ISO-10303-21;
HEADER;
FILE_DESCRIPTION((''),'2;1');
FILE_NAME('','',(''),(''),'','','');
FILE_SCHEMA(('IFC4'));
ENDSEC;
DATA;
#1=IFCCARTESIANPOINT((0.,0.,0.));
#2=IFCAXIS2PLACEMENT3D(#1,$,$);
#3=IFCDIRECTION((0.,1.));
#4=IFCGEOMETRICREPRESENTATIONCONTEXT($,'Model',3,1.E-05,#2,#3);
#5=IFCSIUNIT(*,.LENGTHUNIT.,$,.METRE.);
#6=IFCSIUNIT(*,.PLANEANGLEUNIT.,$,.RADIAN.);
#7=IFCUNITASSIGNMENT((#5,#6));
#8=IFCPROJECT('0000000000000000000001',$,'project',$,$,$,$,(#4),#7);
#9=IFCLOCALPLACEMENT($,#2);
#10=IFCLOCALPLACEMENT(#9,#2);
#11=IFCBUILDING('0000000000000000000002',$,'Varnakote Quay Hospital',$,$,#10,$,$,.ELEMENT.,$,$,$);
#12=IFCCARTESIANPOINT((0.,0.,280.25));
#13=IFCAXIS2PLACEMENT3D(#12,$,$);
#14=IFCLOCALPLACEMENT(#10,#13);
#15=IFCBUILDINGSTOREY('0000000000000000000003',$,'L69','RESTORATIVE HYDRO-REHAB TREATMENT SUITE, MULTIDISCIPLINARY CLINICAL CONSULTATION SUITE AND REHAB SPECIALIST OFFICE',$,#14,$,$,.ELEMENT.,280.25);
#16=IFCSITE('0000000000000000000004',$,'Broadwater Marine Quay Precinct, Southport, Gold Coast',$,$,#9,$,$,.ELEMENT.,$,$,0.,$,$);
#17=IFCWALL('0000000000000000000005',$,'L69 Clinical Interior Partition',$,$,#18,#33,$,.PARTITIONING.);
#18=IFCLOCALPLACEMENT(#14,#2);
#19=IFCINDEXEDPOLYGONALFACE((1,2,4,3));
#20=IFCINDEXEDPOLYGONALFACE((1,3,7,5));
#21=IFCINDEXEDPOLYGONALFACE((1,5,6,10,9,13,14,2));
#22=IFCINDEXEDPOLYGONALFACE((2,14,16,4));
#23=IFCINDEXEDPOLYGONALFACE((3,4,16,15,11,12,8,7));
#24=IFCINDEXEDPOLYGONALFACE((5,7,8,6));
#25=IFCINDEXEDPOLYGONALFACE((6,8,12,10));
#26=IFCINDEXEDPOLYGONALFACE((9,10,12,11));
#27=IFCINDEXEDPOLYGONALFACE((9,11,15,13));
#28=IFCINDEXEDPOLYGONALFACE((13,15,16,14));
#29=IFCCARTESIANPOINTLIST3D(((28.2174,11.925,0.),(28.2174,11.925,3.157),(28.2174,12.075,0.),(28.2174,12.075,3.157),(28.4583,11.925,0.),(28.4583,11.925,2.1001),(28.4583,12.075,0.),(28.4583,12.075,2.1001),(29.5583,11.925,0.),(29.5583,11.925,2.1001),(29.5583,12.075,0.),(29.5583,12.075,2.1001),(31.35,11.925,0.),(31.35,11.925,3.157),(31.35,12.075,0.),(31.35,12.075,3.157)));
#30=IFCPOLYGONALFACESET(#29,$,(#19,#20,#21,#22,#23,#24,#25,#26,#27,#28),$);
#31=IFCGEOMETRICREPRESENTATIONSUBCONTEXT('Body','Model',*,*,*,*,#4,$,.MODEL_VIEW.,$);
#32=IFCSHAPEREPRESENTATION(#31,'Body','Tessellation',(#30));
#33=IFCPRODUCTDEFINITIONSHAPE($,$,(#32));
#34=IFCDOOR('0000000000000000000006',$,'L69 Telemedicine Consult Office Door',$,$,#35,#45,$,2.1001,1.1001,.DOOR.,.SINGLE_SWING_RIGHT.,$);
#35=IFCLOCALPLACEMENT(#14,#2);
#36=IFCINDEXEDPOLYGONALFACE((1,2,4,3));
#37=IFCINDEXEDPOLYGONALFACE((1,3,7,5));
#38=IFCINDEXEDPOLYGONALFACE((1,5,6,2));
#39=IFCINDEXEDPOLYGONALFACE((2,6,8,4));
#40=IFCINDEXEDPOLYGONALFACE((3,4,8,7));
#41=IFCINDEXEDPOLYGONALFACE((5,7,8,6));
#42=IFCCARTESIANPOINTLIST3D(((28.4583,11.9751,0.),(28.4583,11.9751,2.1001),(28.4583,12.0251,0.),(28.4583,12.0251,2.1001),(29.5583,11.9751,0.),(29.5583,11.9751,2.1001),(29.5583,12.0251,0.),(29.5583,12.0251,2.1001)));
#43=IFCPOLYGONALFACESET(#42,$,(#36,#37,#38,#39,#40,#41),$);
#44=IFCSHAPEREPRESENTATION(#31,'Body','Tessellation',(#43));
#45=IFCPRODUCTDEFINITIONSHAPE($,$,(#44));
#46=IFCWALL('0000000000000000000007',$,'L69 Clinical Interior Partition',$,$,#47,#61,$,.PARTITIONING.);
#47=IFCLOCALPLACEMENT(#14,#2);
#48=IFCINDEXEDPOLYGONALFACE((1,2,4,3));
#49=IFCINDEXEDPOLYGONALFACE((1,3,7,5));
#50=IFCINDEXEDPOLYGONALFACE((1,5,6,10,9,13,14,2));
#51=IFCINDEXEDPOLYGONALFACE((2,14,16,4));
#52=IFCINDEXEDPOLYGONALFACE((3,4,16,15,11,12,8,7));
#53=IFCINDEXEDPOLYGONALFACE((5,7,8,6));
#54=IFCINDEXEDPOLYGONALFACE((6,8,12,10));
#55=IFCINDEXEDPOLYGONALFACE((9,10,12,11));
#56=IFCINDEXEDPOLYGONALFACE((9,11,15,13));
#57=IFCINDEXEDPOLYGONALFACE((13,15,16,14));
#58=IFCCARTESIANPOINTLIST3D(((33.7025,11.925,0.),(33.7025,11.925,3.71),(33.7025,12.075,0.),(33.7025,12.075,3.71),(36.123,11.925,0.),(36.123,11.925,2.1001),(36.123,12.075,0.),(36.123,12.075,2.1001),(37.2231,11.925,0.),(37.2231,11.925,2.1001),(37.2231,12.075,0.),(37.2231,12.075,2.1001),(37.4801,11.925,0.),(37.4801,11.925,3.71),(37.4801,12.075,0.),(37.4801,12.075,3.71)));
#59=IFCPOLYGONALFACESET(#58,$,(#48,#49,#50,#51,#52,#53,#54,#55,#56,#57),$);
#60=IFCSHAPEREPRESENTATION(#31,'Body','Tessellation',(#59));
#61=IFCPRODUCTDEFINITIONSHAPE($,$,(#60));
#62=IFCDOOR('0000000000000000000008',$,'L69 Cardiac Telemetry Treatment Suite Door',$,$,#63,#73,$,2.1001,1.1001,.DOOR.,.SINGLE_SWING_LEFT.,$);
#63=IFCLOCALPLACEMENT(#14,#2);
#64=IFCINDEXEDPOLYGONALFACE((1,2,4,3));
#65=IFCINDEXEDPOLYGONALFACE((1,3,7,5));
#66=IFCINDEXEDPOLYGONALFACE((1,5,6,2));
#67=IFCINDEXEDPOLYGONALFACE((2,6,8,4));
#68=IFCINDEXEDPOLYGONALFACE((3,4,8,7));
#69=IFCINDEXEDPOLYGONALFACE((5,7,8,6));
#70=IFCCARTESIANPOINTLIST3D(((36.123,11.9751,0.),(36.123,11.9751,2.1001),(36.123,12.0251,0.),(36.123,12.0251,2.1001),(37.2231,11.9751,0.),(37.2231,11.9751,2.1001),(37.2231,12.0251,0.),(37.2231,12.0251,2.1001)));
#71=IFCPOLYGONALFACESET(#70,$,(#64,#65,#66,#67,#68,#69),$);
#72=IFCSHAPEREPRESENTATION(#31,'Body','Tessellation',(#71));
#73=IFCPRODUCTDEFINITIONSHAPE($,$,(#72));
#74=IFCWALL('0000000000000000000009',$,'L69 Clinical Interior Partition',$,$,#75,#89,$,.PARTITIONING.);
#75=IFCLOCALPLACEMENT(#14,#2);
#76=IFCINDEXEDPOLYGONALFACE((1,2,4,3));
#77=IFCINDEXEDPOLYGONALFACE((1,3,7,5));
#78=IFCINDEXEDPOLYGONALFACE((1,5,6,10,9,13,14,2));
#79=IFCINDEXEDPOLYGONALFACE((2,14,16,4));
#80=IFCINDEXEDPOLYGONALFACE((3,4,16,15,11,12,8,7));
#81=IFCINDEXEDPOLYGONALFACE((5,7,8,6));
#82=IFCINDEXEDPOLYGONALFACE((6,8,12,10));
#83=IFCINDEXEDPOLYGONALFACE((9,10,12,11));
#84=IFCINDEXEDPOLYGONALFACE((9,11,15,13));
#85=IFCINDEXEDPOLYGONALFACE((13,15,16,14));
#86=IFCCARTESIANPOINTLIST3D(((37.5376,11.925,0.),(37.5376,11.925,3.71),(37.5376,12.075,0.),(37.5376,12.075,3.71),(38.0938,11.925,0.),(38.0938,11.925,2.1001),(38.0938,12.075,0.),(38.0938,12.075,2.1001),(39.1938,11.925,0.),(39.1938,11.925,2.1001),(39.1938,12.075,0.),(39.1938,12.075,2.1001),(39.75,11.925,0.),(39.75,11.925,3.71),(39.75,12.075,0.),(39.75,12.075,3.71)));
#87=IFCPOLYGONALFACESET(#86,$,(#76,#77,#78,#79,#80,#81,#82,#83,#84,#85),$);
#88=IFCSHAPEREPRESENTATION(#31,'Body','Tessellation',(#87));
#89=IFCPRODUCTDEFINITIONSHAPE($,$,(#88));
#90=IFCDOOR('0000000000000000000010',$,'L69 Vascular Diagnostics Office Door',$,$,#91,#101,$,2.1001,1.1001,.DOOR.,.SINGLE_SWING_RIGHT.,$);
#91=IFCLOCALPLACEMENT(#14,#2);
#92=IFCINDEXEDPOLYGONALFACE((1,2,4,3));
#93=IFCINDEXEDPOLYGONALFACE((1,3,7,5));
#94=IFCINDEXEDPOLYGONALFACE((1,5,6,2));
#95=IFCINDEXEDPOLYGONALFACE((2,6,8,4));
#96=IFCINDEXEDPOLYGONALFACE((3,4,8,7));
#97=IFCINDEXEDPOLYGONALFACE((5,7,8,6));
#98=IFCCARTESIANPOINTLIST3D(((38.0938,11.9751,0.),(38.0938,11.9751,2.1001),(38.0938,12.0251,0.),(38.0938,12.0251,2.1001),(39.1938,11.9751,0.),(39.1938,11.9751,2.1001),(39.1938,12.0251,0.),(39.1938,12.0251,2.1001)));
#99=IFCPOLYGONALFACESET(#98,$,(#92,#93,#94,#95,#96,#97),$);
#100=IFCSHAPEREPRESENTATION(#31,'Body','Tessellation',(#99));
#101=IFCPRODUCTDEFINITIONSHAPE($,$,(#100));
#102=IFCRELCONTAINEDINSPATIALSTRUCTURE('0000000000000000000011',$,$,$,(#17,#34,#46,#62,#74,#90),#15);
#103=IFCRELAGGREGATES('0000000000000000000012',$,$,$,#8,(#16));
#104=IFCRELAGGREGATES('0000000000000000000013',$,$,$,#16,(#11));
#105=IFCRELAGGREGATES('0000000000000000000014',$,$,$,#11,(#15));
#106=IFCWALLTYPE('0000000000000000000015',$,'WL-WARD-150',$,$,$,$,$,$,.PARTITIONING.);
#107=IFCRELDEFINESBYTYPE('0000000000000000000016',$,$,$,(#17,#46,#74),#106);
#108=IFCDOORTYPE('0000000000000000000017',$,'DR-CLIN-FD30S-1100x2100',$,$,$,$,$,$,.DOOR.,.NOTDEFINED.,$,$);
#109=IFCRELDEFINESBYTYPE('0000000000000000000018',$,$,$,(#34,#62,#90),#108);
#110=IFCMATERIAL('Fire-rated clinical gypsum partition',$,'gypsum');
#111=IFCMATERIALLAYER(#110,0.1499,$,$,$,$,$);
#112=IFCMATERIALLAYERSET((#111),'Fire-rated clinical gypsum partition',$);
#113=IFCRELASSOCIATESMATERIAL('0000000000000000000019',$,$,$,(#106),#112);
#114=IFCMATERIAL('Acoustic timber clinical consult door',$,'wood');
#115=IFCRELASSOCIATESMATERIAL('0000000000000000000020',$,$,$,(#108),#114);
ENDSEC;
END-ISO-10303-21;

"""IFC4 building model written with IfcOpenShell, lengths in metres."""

from ifc_helpers import new_model, si_unit, direction, frame, frame_2d, origin, place, context, subcontext, project, spatial, rectangle, extrude, material, layer, layer_set, type_object, element, fill, save


model = new_model("IFC4")

# Units and contexts
model_context = context("Model", 3, precision=1e-05, world=origin(), true_north=direction((0.0, 1.0)))
body_context = subcontext(model_context, "Body", "Model", "MODEL_VIEW")
ifc_project = project(units=[si_unit("LENGTHUNIT", "METRE"), si_unit("PLANEANGLEUNIT", "RADIAN")], contexts=[model_context])

# Site, building, storey
site_placement = place(None, origin())
site = spatial("IfcSite", under=ifc_project, at=site_placement, Name="Broadwater Marine Quay Precinct, Southport, Gold Coast", CompositionType="ELEMENT", RefElevation=0.0)
building_placement = place(site_placement, origin())
building = spatial("IfcBuilding", under=site, at=building_placement, Name="Varnakote Quay Hospital", CompositionType="ELEMENT")
storey_placement = place(building_placement, frame((0.0, 0.0, 280.25)))
storey = spatial("IfcBuildingStorey", under=building, at=storey_placement, Name="L69", Description="RESTORATIVE HYDRO-REHAB TREATMENT SUITE, MULTIDISCIPLINARY CLINICAL CONSULTATION SUITE AND REHAB SPECIALIST OFFICE", CompositionType="ELEMENT", Elevation=280.25)

# Walls, openings, doors
ifc_material_1 = material(Name="Fire-rated clinical gypsum partition", Category="gypsum")
ifc_layer_1 = layer(ifc_material_1, 0.1499)
ifc_layer_set_1 = layer_set([ifc_layer_1], Name="Fire-rated clinical gypsum partition")
wall_type_1 = type_object("IfcWallType", Name="WL-WARD-150", PredefinedType="PARTITIONING", material=ifc_layer_set_1)
ifc_material_2 = material(Name="Acoustic timber clinical consult door", Category="wood")
door_type = type_object("IfcDoorType", Name="DR-CLIN-FD30S-1100x2100", OperationType="NOTDEFINED", PredefinedType="DOOR", material=ifc_material_2)
wall_1_placement = place(storey_placement, frame((31.3501, 12.0, 0.0), z_axis=(0.0, 0.0, 1.0), x_axis=(-1.0, 0.0, 0.0)))
wall_1 = element("IfcWall", 1, at=wall_1_placement, inside=storey, type_object=wall_type_1, Name="L69 Clinical Interior Partition", PredefinedType="PARTITIONING", context=body_context, shape_type="SweptSolid", body=[
    extrude(rectangle(XDim=3.1326, YDim=0.1499, at=frame_2d((1.5664, 0.0))), origin(), (0.0, 0.0, 1.0), 3.157),
])
opening_1_placement = place(wall_1_placement, frame((1.7917, 0.0, 0.0)))
opening_1 = element("IfcOpeningElement", 2, at=opening_1_placement, cuts=wall_1, PredefinedType="OPENING", context=body_context, shape_type="SweptSolid", body=[
    extrude(rectangle(XDim=1.1001, YDim=2.1001, at=frame_2d((0.55, 1.05))), frame((0.0, 0.085, 0.0), z_axis=(0.0, -1.0, 0.0), x_axis=(1.0, 0.0, 0.0)), (0.0, 0.0, 1.0), 0.1699),
])
door_1_placement = place(opening_1_placement, origin())
door_1 = element("IfcDoor", 3, at=door_1_placement, inside=storey, type_object=door_type, Name="L69 Telemedicine Consult Office Door", OperationType="SINGLE_SWING_RIGHT", OverallHeight=2.1001, OverallWidth=1.1001, PredefinedType="DOOR", context=body_context, shape_type="SweptSolid", body=[
    extrude(rectangle(XDim=1.1001, YDim=2.1001, at=frame_2d((0.55, 1.05))), frame((0.0, 0.0249, 0.0), z_axis=(0.0, -1.0, 0.0), x_axis=(1.0, 0.0, 0.0)), (0.0, 0.0, 1.0), 0.05),
])
fill(opening_1, door_1)
wall_2_placement = place(storey_placement, frame((37.48, 12.0, 0.0), z_axis=(0.0, 0.0, 1.0), x_axis=(-1.0, 0.0, 0.0)))
wall_2 = element("IfcWall", 4, at=wall_2_placement, inside=storey, type_object=wall_type_1, Name="L69 Clinical Interior Partition", PredefinedType="PARTITIONING", context=body_context, shape_type="SweptSolid", body=[
    extrude(rectangle(XDim=3.7776, YDim=0.1499, at=frame_2d((1.8887, 0.0))), origin(), (0.0, 0.0, 1.0), 3.71),
])
opening_2_placement = place(wall_2_placement, frame((0.2568, 0.0, 0.0)))
opening_2 = element("IfcOpeningElement", 5, at=opening_2_placement, cuts=wall_2, PredefinedType="OPENING", context=body_context, shape_type="SweptSolid", body=[
    extrude(rectangle(XDim=1.1001, YDim=2.1001, at=frame_2d((0.55, 1.05))), frame((0.0, 0.085, 0.0), z_axis=(0.0, -1.0, 0.0), x_axis=(1.0, 0.0, 0.0)), (0.0, 0.0, 1.0), 0.1699),
])
door_2_placement = place(opening_2_placement, origin())
door_2 = element("IfcDoor", 6, at=door_2_placement, inside=storey, type_object=door_type, Name="L69 Cardiac Telemetry Treatment Suite Door", OperationType="SINGLE_SWING_LEFT", OverallHeight=2.1001, OverallWidth=1.1001, PredefinedType="DOOR", context=body_context, shape_type="SweptSolid", body=[
    extrude(rectangle(XDim=1.1001, YDim=2.1001, at=frame_2d((0.55, 1.05))), frame((0.0, 0.0249, 0.0), z_axis=(0.0, -1.0, 0.0), x_axis=(1.0, 0.0, 0.0)), (0.0, 0.0, 1.0), 0.05),
])
fill(opening_2, door_2)
wall_3_placement = place(storey_placement, frame((39.75, 12.0, 0.0), z_axis=(0.0, 0.0, 1.0), x_axis=(-1.0, 0.0, 0.0)))
wall_3 = element("IfcWall", 7, at=wall_3_placement, inside=storey, type_object=wall_type_1, Name="L69 Clinical Interior Partition", PredefinedType="PARTITIONING", context=body_context, shape_type="SweptSolid", body=[
    extrude(rectangle(XDim=2.2124, YDim=0.1499, at=frame_2d((1.1062, 0.0))), origin(), (0.0, 0.0, 1.0), 3.71),
])
opening_3_placement = place(wall_3_placement, frame((0.5562, 0.0, 0.0)))
opening_3 = element("IfcOpeningElement", 8, at=opening_3_placement, cuts=wall_3, PredefinedType="OPENING", context=body_context, shape_type="SweptSolid", body=[
    extrude(rectangle(XDim=1.1001, YDim=2.1001, at=frame_2d((0.55, 1.05))), frame((0.0, 0.085, 0.0), z_axis=(0.0, -1.0, 0.0), x_axis=(1.0, 0.0, 0.0)), (0.0, 0.0, 1.0), 0.1699),
])
door_3_placement = place(opening_3_placement, origin())
door_3 = element("IfcDoor", 9, at=door_3_placement, inside=storey, type_object=door_type, Name="L69 Vascular Diagnostics Office Door", OperationType="SINGLE_SWING_RIGHT", OverallHeight=2.1001, OverallWidth=1.1001, PredefinedType="DOOR", context=body_context, shape_type="SweptSolid", body=[
    extrude(rectangle(XDim=1.1001, YDim=2.1001, at=frame_2d((0.55, 1.05))), frame((0.0, 0.0249, 0.0), z_axis=(0.0, -1.0, 0.0), x_axis=(1.0, 0.0, 0.0)), (0.0, 0.0, 1.0), 0.05),
])
fill(opening_3, door_3)

save(model, "model.ifc")
